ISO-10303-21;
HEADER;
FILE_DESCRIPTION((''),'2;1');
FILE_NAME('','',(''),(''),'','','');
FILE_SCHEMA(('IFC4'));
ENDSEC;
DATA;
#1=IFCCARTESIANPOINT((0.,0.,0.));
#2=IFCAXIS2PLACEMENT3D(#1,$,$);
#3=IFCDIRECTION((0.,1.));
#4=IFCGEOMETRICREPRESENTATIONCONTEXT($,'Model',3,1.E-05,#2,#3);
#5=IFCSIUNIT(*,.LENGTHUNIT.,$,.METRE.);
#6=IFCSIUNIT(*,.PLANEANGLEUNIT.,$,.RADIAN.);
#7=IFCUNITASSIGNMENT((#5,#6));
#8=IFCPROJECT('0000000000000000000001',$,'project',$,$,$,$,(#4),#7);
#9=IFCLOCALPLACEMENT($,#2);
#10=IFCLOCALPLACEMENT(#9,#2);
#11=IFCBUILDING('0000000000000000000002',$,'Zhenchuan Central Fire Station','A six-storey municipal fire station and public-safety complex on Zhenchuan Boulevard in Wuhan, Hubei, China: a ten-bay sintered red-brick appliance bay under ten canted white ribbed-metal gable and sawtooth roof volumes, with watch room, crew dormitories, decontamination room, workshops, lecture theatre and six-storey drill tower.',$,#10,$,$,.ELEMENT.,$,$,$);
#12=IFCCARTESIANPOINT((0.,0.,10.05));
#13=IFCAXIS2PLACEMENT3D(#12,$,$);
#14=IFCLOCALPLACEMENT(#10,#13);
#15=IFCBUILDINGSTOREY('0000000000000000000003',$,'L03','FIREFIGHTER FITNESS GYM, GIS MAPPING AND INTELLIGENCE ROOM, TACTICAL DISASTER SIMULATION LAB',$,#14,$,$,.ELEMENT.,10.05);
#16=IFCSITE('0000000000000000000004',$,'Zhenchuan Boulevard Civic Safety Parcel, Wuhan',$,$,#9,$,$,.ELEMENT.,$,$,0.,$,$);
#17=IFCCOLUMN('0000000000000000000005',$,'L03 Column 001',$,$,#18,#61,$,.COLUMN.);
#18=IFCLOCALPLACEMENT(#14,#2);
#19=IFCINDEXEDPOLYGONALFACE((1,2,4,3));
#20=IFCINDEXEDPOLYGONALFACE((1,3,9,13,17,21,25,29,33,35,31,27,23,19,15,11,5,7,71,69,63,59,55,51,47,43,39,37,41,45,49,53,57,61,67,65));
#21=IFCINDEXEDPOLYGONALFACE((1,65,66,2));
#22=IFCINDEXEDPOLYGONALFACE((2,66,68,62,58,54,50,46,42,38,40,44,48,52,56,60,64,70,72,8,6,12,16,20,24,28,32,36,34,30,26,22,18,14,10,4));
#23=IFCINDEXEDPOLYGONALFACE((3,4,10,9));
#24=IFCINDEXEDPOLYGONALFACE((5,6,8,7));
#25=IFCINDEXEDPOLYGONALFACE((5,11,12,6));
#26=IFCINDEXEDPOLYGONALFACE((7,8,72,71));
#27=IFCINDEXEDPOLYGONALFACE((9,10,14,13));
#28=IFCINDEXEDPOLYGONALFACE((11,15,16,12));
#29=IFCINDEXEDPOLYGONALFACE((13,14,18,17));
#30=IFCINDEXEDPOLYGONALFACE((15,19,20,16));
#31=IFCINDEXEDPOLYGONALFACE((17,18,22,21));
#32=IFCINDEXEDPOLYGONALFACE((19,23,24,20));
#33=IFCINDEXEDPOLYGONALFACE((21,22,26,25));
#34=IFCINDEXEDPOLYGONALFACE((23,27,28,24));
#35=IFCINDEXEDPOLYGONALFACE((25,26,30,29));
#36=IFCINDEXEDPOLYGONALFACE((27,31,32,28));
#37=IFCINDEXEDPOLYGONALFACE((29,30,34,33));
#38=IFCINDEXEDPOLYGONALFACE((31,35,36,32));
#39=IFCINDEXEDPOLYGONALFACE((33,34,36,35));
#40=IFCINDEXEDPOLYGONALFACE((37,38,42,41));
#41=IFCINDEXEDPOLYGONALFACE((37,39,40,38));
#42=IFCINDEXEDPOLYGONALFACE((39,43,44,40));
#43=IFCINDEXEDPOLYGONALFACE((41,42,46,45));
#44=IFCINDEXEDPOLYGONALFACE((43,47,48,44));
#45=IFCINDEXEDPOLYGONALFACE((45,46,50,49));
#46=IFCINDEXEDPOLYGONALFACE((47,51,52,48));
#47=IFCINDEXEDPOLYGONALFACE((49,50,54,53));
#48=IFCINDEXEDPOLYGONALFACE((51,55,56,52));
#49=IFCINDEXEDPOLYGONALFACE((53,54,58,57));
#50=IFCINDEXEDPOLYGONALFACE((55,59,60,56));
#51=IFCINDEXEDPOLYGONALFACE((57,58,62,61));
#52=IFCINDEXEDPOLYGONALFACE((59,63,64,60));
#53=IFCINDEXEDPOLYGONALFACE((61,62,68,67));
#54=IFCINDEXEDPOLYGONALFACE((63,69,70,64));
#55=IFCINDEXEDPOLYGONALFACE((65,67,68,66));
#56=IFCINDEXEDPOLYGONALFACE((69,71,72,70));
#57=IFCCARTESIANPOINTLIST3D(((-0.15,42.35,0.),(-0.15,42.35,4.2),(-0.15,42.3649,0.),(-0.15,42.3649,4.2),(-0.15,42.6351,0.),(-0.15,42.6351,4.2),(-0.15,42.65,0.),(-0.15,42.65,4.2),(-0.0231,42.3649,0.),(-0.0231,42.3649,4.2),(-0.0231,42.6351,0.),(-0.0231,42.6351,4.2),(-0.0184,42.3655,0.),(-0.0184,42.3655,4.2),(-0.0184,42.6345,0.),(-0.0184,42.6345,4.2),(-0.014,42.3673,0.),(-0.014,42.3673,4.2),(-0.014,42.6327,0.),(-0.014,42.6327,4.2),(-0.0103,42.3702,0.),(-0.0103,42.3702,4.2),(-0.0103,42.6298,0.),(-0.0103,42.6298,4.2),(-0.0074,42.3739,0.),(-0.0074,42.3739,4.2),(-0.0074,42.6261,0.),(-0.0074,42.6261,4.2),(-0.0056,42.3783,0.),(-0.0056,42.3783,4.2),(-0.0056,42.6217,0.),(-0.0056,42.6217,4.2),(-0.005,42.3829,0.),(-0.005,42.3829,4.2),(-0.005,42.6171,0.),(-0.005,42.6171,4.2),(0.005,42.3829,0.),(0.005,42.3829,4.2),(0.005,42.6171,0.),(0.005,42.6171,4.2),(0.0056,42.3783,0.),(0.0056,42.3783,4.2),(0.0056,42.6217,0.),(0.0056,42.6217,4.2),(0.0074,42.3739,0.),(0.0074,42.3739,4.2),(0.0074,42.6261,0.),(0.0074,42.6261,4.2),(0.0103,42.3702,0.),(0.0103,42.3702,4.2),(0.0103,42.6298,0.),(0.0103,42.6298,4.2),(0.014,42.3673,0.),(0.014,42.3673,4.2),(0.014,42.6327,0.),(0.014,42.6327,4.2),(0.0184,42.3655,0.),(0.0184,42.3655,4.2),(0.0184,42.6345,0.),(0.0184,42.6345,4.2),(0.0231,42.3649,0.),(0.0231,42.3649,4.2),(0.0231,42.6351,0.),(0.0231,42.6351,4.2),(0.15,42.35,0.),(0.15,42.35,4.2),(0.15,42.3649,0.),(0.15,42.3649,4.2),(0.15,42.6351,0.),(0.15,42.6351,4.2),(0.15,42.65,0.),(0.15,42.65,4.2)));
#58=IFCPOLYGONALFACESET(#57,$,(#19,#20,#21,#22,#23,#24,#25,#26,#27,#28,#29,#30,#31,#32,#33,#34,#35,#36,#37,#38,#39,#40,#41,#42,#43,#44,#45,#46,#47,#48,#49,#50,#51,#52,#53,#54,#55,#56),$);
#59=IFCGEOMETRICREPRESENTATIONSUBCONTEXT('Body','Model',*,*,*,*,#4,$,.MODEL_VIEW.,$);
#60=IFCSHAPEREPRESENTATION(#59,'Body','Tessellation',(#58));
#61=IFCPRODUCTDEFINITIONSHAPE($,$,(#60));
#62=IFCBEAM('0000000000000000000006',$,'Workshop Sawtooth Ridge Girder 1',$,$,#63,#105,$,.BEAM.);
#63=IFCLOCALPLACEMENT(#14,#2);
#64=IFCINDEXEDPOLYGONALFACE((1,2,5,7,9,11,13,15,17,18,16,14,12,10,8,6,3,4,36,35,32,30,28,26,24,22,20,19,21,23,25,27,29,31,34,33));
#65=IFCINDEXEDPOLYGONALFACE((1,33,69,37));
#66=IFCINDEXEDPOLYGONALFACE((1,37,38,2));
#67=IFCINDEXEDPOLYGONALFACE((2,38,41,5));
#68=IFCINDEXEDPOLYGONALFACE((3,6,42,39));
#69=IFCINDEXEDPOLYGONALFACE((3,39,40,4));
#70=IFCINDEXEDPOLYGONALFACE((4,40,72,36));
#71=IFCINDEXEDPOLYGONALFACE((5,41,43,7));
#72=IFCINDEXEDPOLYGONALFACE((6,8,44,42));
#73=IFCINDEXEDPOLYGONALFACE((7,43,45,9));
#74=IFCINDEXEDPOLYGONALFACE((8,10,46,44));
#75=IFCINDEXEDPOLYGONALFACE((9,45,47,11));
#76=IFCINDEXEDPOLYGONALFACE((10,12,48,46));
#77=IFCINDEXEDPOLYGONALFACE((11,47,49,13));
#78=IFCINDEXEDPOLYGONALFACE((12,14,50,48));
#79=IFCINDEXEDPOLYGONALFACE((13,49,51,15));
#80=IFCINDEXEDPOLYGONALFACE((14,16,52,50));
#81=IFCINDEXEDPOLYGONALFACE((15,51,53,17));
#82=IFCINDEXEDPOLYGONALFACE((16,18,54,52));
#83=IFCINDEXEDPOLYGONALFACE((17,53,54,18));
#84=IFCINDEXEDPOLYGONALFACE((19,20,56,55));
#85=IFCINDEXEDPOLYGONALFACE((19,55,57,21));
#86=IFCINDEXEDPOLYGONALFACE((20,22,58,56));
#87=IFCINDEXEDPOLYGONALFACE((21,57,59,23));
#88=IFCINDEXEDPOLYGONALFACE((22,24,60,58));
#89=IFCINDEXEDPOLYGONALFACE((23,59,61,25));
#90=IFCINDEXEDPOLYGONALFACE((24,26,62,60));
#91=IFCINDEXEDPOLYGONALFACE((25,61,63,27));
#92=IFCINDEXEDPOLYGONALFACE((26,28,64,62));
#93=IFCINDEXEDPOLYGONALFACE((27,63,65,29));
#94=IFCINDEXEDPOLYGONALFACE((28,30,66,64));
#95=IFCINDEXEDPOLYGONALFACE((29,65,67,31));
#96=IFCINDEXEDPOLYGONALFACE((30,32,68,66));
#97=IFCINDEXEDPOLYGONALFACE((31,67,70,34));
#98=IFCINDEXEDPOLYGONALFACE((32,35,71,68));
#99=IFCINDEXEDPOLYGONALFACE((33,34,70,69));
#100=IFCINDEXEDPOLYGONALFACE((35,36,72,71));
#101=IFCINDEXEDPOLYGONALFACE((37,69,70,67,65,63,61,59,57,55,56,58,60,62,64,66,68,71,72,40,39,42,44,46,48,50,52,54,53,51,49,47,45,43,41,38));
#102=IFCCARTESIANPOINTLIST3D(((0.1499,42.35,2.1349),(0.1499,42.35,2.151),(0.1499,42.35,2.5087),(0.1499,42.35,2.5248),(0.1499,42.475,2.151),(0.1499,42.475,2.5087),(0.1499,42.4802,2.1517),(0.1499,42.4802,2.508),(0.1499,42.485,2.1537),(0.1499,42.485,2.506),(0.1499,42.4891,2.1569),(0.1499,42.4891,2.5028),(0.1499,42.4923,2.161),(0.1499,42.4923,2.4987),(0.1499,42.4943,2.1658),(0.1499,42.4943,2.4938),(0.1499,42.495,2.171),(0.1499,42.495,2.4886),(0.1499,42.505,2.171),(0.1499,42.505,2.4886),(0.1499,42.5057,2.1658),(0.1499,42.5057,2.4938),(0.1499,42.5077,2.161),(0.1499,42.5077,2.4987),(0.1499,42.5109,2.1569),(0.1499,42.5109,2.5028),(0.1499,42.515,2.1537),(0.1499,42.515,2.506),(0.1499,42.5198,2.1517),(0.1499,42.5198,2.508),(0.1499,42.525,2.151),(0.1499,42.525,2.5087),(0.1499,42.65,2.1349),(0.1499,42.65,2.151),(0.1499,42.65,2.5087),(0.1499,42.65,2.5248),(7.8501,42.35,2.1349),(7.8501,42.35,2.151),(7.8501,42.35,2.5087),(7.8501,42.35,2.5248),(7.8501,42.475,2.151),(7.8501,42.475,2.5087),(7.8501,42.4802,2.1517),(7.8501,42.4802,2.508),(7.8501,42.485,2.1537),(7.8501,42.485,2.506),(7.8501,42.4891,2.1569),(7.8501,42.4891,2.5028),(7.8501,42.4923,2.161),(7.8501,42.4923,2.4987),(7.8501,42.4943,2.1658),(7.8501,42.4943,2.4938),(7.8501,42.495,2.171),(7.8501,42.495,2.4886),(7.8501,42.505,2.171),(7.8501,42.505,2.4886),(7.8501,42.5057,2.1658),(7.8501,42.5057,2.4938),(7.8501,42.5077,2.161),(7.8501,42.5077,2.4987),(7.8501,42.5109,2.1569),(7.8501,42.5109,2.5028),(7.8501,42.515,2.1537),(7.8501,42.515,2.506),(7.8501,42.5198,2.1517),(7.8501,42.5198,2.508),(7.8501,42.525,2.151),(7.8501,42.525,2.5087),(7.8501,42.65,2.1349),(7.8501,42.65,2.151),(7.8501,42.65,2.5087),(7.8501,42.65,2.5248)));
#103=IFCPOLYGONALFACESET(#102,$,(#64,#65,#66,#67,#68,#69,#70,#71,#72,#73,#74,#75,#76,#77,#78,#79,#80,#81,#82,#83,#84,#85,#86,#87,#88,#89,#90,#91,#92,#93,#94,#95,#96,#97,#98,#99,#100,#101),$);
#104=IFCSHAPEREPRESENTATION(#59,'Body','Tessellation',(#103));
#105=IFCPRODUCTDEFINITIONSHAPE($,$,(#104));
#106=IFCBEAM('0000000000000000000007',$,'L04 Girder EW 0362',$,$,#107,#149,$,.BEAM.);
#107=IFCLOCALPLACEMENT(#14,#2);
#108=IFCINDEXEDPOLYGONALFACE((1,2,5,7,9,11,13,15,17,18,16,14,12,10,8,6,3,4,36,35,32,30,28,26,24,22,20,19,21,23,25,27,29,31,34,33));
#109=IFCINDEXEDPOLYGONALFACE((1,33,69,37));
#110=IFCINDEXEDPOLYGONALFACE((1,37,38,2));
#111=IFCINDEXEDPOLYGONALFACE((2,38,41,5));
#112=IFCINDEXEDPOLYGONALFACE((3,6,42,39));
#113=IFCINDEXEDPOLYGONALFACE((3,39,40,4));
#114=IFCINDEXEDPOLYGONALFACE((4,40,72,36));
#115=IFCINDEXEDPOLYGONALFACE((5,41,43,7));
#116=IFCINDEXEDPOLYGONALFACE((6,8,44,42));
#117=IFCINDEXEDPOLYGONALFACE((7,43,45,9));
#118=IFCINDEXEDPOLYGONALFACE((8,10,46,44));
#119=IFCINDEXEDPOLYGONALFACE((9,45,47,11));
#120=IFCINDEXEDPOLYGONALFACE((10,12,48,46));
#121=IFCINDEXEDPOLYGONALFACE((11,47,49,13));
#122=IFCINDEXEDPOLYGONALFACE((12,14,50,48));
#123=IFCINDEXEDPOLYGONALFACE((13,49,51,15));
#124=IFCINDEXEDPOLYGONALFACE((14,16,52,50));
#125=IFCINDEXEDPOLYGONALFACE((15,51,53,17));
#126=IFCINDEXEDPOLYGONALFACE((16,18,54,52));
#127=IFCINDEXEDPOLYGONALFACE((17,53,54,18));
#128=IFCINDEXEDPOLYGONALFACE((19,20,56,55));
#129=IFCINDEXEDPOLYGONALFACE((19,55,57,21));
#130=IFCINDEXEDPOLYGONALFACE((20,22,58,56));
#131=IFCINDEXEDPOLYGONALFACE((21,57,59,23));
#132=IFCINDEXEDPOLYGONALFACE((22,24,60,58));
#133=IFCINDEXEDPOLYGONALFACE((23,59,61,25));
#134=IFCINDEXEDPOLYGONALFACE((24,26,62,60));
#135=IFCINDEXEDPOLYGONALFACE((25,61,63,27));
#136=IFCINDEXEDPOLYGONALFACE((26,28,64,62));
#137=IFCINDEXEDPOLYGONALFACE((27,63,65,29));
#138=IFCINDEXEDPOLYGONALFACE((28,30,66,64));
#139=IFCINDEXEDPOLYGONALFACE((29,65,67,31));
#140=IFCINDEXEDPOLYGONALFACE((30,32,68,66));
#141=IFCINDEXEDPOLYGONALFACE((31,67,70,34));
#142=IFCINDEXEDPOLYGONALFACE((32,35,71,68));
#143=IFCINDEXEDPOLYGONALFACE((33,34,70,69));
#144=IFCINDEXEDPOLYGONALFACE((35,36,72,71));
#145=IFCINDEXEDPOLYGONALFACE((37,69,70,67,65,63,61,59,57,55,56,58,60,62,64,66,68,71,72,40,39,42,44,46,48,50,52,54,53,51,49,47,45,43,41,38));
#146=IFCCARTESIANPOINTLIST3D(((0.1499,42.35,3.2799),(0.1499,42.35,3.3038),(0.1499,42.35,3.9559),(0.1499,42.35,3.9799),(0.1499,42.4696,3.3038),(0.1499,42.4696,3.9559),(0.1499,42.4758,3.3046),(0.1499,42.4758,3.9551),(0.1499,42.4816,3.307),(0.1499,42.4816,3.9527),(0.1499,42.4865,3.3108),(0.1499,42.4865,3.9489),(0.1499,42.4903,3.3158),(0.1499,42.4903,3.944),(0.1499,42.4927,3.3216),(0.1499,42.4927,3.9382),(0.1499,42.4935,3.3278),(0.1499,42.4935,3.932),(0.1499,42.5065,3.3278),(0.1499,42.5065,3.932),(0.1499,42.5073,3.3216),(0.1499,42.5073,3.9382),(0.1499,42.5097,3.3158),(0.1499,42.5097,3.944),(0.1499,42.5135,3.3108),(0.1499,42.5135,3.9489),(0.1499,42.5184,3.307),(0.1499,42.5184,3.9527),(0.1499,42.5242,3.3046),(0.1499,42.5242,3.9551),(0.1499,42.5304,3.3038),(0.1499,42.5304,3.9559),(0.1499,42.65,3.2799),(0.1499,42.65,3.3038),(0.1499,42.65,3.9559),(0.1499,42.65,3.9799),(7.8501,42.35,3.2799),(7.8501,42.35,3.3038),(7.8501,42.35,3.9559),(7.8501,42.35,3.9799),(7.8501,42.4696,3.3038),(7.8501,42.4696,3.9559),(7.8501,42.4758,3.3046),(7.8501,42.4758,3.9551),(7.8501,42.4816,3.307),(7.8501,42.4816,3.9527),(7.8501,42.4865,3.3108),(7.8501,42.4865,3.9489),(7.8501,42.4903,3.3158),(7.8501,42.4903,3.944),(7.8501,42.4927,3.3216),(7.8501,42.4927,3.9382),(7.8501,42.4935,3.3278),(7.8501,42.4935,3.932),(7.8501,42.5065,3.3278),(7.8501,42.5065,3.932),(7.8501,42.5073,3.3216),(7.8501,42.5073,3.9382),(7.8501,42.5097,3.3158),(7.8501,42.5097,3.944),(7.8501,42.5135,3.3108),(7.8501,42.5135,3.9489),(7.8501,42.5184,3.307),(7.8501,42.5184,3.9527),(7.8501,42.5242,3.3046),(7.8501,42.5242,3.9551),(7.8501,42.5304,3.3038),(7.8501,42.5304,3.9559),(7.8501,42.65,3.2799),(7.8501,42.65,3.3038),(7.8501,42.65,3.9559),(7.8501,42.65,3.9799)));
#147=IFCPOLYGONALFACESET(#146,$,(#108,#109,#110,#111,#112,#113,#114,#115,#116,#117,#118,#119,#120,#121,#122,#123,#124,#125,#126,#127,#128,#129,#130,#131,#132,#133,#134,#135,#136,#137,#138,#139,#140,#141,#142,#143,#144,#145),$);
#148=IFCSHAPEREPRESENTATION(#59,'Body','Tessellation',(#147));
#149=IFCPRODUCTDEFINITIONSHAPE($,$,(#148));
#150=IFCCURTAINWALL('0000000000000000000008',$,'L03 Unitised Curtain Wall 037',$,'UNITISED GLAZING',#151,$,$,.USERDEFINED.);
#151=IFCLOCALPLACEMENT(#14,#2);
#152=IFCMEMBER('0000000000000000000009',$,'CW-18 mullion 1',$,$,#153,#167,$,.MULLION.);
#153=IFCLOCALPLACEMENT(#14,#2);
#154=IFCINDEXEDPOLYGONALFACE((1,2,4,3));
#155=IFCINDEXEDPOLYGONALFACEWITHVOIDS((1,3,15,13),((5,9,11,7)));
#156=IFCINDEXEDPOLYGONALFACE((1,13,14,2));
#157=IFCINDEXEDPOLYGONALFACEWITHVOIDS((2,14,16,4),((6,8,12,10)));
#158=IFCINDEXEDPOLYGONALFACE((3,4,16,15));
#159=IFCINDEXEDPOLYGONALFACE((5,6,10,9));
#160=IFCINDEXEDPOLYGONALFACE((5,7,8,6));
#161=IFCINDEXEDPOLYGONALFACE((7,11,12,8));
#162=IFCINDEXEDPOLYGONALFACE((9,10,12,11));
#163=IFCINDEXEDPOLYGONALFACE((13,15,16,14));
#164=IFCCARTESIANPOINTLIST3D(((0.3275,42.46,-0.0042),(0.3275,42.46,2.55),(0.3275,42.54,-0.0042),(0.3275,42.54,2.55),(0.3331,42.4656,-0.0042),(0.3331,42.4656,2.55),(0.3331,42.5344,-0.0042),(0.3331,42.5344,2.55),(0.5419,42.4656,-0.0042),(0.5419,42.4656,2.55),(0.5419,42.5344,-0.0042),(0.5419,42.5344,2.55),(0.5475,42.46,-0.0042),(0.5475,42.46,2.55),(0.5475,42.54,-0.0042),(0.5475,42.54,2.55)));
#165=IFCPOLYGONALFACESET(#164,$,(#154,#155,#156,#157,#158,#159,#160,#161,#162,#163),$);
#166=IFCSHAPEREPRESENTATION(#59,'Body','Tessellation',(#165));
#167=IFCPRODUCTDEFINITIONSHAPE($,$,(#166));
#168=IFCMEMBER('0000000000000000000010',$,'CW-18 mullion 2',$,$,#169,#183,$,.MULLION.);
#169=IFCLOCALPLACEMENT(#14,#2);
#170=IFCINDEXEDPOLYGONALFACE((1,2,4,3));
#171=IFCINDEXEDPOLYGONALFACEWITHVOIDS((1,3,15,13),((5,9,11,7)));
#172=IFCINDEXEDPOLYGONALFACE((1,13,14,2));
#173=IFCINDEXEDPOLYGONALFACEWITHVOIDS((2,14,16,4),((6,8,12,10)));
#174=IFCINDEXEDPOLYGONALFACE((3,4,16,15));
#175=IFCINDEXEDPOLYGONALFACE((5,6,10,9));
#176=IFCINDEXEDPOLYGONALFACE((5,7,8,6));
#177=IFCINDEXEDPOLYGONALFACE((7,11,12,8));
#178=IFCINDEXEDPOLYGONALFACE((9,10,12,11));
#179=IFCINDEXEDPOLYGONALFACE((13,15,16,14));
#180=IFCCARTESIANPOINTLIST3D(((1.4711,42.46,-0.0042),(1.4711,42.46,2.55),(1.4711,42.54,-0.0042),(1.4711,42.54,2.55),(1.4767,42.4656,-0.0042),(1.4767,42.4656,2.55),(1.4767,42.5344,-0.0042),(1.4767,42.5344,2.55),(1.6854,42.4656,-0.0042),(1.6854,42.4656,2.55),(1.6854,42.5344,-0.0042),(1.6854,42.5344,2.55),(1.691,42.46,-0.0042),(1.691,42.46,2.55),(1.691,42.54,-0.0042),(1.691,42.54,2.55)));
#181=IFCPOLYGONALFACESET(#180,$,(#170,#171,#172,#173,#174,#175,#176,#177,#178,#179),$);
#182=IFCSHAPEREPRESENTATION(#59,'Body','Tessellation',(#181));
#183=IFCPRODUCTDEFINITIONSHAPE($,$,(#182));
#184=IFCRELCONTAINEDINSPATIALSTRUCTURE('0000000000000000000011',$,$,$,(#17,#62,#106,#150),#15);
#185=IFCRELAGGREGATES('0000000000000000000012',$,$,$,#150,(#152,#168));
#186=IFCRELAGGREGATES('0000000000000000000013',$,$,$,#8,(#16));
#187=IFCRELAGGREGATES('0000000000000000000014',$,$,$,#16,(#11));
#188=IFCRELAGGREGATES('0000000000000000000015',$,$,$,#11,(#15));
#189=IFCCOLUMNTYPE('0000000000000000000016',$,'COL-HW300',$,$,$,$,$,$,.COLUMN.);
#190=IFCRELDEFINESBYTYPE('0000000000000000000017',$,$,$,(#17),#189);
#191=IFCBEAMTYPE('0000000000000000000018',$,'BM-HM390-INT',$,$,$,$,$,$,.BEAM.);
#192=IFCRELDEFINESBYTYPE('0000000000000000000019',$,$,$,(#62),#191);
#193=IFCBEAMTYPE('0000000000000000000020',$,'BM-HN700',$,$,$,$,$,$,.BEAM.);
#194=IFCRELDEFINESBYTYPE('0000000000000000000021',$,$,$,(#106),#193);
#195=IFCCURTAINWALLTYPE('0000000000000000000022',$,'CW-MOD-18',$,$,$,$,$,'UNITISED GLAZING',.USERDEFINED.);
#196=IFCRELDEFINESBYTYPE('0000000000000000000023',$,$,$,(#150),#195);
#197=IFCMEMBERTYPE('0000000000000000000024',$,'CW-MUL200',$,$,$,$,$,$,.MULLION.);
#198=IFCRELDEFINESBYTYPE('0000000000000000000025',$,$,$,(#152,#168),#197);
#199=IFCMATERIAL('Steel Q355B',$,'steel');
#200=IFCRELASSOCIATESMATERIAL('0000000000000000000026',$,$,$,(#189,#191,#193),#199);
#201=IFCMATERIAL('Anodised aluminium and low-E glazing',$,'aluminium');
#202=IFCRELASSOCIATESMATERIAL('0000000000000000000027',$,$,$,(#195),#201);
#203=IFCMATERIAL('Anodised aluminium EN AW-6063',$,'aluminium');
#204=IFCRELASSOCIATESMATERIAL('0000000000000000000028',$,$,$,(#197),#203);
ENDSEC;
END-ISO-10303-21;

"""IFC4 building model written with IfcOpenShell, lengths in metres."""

from ifc_helpers import new_model, si_unit, direction, frame, origin, origin_2d, place, context, subcontext, project, spatial, hollow_rectangle, i_section, extrude, material, material_profile, profile_set, type_object, element, aggregate, save


model = new_model("IFC4")

# Units and contexts
model_context = context("Model", 3, precision=1e-05, world=origin(), true_north=direction((0.0, 1.0)))
body_context = subcontext(model_context, "Body", "Model", "MODEL_VIEW")
ifc_project = project(units=[si_unit("LENGTHUNIT", "METRE"), si_unit("PLANEANGLEUNIT", "RADIAN")], contexts=[model_context])

# Site, building, storey
site_placement = place(None, origin())
site = spatial("IfcSite", under=ifc_project, at=site_placement, Name="Zhenchuan Boulevard Civic Safety Parcel, Wuhan", CompositionType="ELEMENT", RefElevation=0.0)
building_placement = place(site_placement, origin())
building = spatial("IfcBuilding", under=site, at=building_placement, Name="Zhenchuan Central Fire Station", Description="A six-storey municipal fire station and public-safety complex on Zhenchuan Boulevard in Wuhan, Hubei, China: a ten-bay sintered red-brick appliance bay under ten canted white ribbed-metal gable and sawtooth roof volumes, with watch room, crew dormitories, decontamination room, workshops, lecture theatre and six-storey drill tower.", CompositionType="ELEMENT")
storey_placement = place(building_placement, frame((0.0, 0.0, 10.05)))
storey = spatial("IfcBuildingStorey", under=building, at=storey_placement, Name="L03", Description="FIREFIGHTER FITNESS GYM, GIS MAPPING AND INTELLIGENCE ROOM, TACTICAL DISASTER SIMULATION LAB", CompositionType="ELEMENT", Elevation=10.05)

# Column
ifc_material_1 = material(Name="Steel Q355B", Category="steel")
ifc_material_profile_1 = material_profile(ifc_material_1, i_section(OverallWidth=0.3, OverallDepth=0.3, WebThickness=0.01, FlangeThickness=0.0149, FilletRadius=0.0181, at=origin_2d()), Name="HW 300x300")
ifc_profile_set_1 = profile_set([ifc_material_profile_1], Name="Steel Q355B")
column_type = type_object("IfcColumnType", Name="COL-HW300", PredefinedType="COLUMN", material=ifc_profile_set_1)
column_placement = place(storey_placement, frame((0.0, 42.5, 0.0), z_axis=(0.0, 0.0, 1.0), x_axis=(1.0, 0.0, 0.0)))
element("IfcColumn", 1, at=column_placement, inside=storey, type_object=column_type, Name="L03 Column 001", PredefinedType="COLUMN", context=body_context, shape_type="SweptSolid", body=[
    extrude(i_section(OverallWidth=0.3, OverallDepth=0.3, WebThickness=0.01, FlangeThickness=0.0149, FilletRadius=0.0181, at=origin_2d()), origin(), (0.0, 0.0, 1.0), 4.2),
])

# Beams
ifc_material_profile_2 = material_profile(ifc_material_1, i_section(OverallWidth=0.3, OverallDepth=0.3899, WebThickness=0.01, FlangeThickness=0.0161, FilletRadius=0.02, at=origin_2d()), Name="HM 390x300")
ifc_profile_set_2 = profile_set([ifc_material_profile_2], Name="Steel Q355B")
beam_type_1 = type_object("IfcBeamType", Name="BM-HM390-INT", PredefinedType="BEAM", material=ifc_profile_set_2)
beam_1_placement = place(storey_placement, frame((0.1499, 42.5, 2.3298), z_axis=(1.0, 0.0, 0.0), x_axis=(0.0, 1.0, 0.0)))
element("IfcBeam", 2, at=beam_1_placement, inside=storey, type_object=beam_type_1, Name="Workshop Sawtooth Ridge Girder 1", PredefinedType="BEAM", context=body_context, shape_type="SweptSolid", body=[
    extrude(i_section(OverallWidth=0.3, OverallDepth=0.3899, WebThickness=0.01, FlangeThickness=0.0161, FilletRadius=0.02, at=origin_2d()), origin(), (0.0, 0.0, 1.0), 7.7002),
])
ifc_material_profile_3 = material_profile(ifc_material_1, i_section(OverallWidth=0.3, OverallDepth=0.7, WebThickness=0.0129, FlangeThickness=0.0239, FilletRadius=0.0239, at=origin_2d()), Name="HN 700x300")
ifc_profile_set_3 = profile_set([ifc_material_profile_3], Name="Steel Q355B")
beam_type_2 = type_object("IfcBeamType", Name="BM-HN700", PredefinedType="BEAM", material=ifc_profile_set_3)
beam_2_placement = place(storey_placement, frame((0.1499, 42.5, 3.6299), z_axis=(1.0, 0.0, 0.0), x_axis=(0.0, 1.0, 0.0)))
element("IfcBeam", 3, at=beam_2_placement, inside=storey, type_object=beam_type_2, Name="L04 Girder EW 0362", PredefinedType="BEAM", context=body_context, shape_type="SweptSolid", body=[
    extrude(i_section(OverallWidth=0.3, OverallDepth=0.7, WebThickness=0.0129, FlangeThickness=0.0239, FilletRadius=0.0239, at=origin_2d()), origin(), (0.0, 0.0, 1.0), 7.7002),
])

# Curtain wall, members
ifc_material_2 = material(Name="Anodised aluminium and low-E glazing", Category="aluminium")
curtain_wall_type = type_object("IfcCurtainWallType", Name="CW-MOD-18", ElementType="UNITISED GLAZING", PredefinedType="USERDEFINED", material=ifc_material_2)
curtain_wall_placement = place(storey_placement, origin())
curtain_wall = element("IfcCurtainWall", 4, at=curtain_wall_placement, inside=storey, type_object=curtain_wall_type, Name="L03 Unitised Curtain Wall 037", ObjectType="UNITISED GLAZING", PredefinedType="USERDEFINED")
ifc_material_3 = material(Name="Anodised aluminium EN AW-6063", Category="aluminium")
ifc_material_profile_4 = material_profile(ifc_material_3, hollow_rectangle(XDim=0.0801, YDim=0.22, WallThickness=0.0056, at=origin_2d()), Name="ALU-M 220x80")
ifc_profile_set_4 = profile_set([ifc_material_profile_4], Name="Anodised aluminium EN AW-6063")
member_type_1 = type_object("IfcMemberType", Name="CW-MUL200", PredefinedType="MULLION", material=ifc_profile_set_4)
member_1_placement = place(storey_placement, frame((0.4375, 42.5, -0.0042), z_axis=(0.0, 0.0, 1.0), x_axis=(0.0, 1.0, 0.0)))
member_1 = element("IfcMember", 5, at=member_1_placement, type_object=member_type_1, Name="CW-18 mullion 1", PredefinedType="MULLION", context=body_context, shape_type="SweptSolid", body=[
    extrude(hollow_rectangle(XDim=0.0801, YDim=0.22, WallThickness=0.0056, at=origin_2d()), origin(), (0.0, 0.0, 1.0), 2.5542),
])
member_2_placement = place(storey_placement, frame((1.5811, 42.5, -0.0042), z_axis=(0.0, 0.0, 1.0), x_axis=(0.0, 1.0, 0.0)))
member_2 = element("IfcMember", 6, at=member_2_placement, type_object=member_type_1, Name="CW-18 mullion 2", PredefinedType="MULLION", context=body_context, shape_type="SweptSolid", body=[
    extrude(hollow_rectangle(XDim=0.0801, YDim=0.22, WallThickness=0.0056, at=origin_2d()), origin(), (0.0, 0.0, 1.0), 2.5542),
])

aggregate(curtain_wall, [member_1, member_2])

save(model, "model.ifc")
